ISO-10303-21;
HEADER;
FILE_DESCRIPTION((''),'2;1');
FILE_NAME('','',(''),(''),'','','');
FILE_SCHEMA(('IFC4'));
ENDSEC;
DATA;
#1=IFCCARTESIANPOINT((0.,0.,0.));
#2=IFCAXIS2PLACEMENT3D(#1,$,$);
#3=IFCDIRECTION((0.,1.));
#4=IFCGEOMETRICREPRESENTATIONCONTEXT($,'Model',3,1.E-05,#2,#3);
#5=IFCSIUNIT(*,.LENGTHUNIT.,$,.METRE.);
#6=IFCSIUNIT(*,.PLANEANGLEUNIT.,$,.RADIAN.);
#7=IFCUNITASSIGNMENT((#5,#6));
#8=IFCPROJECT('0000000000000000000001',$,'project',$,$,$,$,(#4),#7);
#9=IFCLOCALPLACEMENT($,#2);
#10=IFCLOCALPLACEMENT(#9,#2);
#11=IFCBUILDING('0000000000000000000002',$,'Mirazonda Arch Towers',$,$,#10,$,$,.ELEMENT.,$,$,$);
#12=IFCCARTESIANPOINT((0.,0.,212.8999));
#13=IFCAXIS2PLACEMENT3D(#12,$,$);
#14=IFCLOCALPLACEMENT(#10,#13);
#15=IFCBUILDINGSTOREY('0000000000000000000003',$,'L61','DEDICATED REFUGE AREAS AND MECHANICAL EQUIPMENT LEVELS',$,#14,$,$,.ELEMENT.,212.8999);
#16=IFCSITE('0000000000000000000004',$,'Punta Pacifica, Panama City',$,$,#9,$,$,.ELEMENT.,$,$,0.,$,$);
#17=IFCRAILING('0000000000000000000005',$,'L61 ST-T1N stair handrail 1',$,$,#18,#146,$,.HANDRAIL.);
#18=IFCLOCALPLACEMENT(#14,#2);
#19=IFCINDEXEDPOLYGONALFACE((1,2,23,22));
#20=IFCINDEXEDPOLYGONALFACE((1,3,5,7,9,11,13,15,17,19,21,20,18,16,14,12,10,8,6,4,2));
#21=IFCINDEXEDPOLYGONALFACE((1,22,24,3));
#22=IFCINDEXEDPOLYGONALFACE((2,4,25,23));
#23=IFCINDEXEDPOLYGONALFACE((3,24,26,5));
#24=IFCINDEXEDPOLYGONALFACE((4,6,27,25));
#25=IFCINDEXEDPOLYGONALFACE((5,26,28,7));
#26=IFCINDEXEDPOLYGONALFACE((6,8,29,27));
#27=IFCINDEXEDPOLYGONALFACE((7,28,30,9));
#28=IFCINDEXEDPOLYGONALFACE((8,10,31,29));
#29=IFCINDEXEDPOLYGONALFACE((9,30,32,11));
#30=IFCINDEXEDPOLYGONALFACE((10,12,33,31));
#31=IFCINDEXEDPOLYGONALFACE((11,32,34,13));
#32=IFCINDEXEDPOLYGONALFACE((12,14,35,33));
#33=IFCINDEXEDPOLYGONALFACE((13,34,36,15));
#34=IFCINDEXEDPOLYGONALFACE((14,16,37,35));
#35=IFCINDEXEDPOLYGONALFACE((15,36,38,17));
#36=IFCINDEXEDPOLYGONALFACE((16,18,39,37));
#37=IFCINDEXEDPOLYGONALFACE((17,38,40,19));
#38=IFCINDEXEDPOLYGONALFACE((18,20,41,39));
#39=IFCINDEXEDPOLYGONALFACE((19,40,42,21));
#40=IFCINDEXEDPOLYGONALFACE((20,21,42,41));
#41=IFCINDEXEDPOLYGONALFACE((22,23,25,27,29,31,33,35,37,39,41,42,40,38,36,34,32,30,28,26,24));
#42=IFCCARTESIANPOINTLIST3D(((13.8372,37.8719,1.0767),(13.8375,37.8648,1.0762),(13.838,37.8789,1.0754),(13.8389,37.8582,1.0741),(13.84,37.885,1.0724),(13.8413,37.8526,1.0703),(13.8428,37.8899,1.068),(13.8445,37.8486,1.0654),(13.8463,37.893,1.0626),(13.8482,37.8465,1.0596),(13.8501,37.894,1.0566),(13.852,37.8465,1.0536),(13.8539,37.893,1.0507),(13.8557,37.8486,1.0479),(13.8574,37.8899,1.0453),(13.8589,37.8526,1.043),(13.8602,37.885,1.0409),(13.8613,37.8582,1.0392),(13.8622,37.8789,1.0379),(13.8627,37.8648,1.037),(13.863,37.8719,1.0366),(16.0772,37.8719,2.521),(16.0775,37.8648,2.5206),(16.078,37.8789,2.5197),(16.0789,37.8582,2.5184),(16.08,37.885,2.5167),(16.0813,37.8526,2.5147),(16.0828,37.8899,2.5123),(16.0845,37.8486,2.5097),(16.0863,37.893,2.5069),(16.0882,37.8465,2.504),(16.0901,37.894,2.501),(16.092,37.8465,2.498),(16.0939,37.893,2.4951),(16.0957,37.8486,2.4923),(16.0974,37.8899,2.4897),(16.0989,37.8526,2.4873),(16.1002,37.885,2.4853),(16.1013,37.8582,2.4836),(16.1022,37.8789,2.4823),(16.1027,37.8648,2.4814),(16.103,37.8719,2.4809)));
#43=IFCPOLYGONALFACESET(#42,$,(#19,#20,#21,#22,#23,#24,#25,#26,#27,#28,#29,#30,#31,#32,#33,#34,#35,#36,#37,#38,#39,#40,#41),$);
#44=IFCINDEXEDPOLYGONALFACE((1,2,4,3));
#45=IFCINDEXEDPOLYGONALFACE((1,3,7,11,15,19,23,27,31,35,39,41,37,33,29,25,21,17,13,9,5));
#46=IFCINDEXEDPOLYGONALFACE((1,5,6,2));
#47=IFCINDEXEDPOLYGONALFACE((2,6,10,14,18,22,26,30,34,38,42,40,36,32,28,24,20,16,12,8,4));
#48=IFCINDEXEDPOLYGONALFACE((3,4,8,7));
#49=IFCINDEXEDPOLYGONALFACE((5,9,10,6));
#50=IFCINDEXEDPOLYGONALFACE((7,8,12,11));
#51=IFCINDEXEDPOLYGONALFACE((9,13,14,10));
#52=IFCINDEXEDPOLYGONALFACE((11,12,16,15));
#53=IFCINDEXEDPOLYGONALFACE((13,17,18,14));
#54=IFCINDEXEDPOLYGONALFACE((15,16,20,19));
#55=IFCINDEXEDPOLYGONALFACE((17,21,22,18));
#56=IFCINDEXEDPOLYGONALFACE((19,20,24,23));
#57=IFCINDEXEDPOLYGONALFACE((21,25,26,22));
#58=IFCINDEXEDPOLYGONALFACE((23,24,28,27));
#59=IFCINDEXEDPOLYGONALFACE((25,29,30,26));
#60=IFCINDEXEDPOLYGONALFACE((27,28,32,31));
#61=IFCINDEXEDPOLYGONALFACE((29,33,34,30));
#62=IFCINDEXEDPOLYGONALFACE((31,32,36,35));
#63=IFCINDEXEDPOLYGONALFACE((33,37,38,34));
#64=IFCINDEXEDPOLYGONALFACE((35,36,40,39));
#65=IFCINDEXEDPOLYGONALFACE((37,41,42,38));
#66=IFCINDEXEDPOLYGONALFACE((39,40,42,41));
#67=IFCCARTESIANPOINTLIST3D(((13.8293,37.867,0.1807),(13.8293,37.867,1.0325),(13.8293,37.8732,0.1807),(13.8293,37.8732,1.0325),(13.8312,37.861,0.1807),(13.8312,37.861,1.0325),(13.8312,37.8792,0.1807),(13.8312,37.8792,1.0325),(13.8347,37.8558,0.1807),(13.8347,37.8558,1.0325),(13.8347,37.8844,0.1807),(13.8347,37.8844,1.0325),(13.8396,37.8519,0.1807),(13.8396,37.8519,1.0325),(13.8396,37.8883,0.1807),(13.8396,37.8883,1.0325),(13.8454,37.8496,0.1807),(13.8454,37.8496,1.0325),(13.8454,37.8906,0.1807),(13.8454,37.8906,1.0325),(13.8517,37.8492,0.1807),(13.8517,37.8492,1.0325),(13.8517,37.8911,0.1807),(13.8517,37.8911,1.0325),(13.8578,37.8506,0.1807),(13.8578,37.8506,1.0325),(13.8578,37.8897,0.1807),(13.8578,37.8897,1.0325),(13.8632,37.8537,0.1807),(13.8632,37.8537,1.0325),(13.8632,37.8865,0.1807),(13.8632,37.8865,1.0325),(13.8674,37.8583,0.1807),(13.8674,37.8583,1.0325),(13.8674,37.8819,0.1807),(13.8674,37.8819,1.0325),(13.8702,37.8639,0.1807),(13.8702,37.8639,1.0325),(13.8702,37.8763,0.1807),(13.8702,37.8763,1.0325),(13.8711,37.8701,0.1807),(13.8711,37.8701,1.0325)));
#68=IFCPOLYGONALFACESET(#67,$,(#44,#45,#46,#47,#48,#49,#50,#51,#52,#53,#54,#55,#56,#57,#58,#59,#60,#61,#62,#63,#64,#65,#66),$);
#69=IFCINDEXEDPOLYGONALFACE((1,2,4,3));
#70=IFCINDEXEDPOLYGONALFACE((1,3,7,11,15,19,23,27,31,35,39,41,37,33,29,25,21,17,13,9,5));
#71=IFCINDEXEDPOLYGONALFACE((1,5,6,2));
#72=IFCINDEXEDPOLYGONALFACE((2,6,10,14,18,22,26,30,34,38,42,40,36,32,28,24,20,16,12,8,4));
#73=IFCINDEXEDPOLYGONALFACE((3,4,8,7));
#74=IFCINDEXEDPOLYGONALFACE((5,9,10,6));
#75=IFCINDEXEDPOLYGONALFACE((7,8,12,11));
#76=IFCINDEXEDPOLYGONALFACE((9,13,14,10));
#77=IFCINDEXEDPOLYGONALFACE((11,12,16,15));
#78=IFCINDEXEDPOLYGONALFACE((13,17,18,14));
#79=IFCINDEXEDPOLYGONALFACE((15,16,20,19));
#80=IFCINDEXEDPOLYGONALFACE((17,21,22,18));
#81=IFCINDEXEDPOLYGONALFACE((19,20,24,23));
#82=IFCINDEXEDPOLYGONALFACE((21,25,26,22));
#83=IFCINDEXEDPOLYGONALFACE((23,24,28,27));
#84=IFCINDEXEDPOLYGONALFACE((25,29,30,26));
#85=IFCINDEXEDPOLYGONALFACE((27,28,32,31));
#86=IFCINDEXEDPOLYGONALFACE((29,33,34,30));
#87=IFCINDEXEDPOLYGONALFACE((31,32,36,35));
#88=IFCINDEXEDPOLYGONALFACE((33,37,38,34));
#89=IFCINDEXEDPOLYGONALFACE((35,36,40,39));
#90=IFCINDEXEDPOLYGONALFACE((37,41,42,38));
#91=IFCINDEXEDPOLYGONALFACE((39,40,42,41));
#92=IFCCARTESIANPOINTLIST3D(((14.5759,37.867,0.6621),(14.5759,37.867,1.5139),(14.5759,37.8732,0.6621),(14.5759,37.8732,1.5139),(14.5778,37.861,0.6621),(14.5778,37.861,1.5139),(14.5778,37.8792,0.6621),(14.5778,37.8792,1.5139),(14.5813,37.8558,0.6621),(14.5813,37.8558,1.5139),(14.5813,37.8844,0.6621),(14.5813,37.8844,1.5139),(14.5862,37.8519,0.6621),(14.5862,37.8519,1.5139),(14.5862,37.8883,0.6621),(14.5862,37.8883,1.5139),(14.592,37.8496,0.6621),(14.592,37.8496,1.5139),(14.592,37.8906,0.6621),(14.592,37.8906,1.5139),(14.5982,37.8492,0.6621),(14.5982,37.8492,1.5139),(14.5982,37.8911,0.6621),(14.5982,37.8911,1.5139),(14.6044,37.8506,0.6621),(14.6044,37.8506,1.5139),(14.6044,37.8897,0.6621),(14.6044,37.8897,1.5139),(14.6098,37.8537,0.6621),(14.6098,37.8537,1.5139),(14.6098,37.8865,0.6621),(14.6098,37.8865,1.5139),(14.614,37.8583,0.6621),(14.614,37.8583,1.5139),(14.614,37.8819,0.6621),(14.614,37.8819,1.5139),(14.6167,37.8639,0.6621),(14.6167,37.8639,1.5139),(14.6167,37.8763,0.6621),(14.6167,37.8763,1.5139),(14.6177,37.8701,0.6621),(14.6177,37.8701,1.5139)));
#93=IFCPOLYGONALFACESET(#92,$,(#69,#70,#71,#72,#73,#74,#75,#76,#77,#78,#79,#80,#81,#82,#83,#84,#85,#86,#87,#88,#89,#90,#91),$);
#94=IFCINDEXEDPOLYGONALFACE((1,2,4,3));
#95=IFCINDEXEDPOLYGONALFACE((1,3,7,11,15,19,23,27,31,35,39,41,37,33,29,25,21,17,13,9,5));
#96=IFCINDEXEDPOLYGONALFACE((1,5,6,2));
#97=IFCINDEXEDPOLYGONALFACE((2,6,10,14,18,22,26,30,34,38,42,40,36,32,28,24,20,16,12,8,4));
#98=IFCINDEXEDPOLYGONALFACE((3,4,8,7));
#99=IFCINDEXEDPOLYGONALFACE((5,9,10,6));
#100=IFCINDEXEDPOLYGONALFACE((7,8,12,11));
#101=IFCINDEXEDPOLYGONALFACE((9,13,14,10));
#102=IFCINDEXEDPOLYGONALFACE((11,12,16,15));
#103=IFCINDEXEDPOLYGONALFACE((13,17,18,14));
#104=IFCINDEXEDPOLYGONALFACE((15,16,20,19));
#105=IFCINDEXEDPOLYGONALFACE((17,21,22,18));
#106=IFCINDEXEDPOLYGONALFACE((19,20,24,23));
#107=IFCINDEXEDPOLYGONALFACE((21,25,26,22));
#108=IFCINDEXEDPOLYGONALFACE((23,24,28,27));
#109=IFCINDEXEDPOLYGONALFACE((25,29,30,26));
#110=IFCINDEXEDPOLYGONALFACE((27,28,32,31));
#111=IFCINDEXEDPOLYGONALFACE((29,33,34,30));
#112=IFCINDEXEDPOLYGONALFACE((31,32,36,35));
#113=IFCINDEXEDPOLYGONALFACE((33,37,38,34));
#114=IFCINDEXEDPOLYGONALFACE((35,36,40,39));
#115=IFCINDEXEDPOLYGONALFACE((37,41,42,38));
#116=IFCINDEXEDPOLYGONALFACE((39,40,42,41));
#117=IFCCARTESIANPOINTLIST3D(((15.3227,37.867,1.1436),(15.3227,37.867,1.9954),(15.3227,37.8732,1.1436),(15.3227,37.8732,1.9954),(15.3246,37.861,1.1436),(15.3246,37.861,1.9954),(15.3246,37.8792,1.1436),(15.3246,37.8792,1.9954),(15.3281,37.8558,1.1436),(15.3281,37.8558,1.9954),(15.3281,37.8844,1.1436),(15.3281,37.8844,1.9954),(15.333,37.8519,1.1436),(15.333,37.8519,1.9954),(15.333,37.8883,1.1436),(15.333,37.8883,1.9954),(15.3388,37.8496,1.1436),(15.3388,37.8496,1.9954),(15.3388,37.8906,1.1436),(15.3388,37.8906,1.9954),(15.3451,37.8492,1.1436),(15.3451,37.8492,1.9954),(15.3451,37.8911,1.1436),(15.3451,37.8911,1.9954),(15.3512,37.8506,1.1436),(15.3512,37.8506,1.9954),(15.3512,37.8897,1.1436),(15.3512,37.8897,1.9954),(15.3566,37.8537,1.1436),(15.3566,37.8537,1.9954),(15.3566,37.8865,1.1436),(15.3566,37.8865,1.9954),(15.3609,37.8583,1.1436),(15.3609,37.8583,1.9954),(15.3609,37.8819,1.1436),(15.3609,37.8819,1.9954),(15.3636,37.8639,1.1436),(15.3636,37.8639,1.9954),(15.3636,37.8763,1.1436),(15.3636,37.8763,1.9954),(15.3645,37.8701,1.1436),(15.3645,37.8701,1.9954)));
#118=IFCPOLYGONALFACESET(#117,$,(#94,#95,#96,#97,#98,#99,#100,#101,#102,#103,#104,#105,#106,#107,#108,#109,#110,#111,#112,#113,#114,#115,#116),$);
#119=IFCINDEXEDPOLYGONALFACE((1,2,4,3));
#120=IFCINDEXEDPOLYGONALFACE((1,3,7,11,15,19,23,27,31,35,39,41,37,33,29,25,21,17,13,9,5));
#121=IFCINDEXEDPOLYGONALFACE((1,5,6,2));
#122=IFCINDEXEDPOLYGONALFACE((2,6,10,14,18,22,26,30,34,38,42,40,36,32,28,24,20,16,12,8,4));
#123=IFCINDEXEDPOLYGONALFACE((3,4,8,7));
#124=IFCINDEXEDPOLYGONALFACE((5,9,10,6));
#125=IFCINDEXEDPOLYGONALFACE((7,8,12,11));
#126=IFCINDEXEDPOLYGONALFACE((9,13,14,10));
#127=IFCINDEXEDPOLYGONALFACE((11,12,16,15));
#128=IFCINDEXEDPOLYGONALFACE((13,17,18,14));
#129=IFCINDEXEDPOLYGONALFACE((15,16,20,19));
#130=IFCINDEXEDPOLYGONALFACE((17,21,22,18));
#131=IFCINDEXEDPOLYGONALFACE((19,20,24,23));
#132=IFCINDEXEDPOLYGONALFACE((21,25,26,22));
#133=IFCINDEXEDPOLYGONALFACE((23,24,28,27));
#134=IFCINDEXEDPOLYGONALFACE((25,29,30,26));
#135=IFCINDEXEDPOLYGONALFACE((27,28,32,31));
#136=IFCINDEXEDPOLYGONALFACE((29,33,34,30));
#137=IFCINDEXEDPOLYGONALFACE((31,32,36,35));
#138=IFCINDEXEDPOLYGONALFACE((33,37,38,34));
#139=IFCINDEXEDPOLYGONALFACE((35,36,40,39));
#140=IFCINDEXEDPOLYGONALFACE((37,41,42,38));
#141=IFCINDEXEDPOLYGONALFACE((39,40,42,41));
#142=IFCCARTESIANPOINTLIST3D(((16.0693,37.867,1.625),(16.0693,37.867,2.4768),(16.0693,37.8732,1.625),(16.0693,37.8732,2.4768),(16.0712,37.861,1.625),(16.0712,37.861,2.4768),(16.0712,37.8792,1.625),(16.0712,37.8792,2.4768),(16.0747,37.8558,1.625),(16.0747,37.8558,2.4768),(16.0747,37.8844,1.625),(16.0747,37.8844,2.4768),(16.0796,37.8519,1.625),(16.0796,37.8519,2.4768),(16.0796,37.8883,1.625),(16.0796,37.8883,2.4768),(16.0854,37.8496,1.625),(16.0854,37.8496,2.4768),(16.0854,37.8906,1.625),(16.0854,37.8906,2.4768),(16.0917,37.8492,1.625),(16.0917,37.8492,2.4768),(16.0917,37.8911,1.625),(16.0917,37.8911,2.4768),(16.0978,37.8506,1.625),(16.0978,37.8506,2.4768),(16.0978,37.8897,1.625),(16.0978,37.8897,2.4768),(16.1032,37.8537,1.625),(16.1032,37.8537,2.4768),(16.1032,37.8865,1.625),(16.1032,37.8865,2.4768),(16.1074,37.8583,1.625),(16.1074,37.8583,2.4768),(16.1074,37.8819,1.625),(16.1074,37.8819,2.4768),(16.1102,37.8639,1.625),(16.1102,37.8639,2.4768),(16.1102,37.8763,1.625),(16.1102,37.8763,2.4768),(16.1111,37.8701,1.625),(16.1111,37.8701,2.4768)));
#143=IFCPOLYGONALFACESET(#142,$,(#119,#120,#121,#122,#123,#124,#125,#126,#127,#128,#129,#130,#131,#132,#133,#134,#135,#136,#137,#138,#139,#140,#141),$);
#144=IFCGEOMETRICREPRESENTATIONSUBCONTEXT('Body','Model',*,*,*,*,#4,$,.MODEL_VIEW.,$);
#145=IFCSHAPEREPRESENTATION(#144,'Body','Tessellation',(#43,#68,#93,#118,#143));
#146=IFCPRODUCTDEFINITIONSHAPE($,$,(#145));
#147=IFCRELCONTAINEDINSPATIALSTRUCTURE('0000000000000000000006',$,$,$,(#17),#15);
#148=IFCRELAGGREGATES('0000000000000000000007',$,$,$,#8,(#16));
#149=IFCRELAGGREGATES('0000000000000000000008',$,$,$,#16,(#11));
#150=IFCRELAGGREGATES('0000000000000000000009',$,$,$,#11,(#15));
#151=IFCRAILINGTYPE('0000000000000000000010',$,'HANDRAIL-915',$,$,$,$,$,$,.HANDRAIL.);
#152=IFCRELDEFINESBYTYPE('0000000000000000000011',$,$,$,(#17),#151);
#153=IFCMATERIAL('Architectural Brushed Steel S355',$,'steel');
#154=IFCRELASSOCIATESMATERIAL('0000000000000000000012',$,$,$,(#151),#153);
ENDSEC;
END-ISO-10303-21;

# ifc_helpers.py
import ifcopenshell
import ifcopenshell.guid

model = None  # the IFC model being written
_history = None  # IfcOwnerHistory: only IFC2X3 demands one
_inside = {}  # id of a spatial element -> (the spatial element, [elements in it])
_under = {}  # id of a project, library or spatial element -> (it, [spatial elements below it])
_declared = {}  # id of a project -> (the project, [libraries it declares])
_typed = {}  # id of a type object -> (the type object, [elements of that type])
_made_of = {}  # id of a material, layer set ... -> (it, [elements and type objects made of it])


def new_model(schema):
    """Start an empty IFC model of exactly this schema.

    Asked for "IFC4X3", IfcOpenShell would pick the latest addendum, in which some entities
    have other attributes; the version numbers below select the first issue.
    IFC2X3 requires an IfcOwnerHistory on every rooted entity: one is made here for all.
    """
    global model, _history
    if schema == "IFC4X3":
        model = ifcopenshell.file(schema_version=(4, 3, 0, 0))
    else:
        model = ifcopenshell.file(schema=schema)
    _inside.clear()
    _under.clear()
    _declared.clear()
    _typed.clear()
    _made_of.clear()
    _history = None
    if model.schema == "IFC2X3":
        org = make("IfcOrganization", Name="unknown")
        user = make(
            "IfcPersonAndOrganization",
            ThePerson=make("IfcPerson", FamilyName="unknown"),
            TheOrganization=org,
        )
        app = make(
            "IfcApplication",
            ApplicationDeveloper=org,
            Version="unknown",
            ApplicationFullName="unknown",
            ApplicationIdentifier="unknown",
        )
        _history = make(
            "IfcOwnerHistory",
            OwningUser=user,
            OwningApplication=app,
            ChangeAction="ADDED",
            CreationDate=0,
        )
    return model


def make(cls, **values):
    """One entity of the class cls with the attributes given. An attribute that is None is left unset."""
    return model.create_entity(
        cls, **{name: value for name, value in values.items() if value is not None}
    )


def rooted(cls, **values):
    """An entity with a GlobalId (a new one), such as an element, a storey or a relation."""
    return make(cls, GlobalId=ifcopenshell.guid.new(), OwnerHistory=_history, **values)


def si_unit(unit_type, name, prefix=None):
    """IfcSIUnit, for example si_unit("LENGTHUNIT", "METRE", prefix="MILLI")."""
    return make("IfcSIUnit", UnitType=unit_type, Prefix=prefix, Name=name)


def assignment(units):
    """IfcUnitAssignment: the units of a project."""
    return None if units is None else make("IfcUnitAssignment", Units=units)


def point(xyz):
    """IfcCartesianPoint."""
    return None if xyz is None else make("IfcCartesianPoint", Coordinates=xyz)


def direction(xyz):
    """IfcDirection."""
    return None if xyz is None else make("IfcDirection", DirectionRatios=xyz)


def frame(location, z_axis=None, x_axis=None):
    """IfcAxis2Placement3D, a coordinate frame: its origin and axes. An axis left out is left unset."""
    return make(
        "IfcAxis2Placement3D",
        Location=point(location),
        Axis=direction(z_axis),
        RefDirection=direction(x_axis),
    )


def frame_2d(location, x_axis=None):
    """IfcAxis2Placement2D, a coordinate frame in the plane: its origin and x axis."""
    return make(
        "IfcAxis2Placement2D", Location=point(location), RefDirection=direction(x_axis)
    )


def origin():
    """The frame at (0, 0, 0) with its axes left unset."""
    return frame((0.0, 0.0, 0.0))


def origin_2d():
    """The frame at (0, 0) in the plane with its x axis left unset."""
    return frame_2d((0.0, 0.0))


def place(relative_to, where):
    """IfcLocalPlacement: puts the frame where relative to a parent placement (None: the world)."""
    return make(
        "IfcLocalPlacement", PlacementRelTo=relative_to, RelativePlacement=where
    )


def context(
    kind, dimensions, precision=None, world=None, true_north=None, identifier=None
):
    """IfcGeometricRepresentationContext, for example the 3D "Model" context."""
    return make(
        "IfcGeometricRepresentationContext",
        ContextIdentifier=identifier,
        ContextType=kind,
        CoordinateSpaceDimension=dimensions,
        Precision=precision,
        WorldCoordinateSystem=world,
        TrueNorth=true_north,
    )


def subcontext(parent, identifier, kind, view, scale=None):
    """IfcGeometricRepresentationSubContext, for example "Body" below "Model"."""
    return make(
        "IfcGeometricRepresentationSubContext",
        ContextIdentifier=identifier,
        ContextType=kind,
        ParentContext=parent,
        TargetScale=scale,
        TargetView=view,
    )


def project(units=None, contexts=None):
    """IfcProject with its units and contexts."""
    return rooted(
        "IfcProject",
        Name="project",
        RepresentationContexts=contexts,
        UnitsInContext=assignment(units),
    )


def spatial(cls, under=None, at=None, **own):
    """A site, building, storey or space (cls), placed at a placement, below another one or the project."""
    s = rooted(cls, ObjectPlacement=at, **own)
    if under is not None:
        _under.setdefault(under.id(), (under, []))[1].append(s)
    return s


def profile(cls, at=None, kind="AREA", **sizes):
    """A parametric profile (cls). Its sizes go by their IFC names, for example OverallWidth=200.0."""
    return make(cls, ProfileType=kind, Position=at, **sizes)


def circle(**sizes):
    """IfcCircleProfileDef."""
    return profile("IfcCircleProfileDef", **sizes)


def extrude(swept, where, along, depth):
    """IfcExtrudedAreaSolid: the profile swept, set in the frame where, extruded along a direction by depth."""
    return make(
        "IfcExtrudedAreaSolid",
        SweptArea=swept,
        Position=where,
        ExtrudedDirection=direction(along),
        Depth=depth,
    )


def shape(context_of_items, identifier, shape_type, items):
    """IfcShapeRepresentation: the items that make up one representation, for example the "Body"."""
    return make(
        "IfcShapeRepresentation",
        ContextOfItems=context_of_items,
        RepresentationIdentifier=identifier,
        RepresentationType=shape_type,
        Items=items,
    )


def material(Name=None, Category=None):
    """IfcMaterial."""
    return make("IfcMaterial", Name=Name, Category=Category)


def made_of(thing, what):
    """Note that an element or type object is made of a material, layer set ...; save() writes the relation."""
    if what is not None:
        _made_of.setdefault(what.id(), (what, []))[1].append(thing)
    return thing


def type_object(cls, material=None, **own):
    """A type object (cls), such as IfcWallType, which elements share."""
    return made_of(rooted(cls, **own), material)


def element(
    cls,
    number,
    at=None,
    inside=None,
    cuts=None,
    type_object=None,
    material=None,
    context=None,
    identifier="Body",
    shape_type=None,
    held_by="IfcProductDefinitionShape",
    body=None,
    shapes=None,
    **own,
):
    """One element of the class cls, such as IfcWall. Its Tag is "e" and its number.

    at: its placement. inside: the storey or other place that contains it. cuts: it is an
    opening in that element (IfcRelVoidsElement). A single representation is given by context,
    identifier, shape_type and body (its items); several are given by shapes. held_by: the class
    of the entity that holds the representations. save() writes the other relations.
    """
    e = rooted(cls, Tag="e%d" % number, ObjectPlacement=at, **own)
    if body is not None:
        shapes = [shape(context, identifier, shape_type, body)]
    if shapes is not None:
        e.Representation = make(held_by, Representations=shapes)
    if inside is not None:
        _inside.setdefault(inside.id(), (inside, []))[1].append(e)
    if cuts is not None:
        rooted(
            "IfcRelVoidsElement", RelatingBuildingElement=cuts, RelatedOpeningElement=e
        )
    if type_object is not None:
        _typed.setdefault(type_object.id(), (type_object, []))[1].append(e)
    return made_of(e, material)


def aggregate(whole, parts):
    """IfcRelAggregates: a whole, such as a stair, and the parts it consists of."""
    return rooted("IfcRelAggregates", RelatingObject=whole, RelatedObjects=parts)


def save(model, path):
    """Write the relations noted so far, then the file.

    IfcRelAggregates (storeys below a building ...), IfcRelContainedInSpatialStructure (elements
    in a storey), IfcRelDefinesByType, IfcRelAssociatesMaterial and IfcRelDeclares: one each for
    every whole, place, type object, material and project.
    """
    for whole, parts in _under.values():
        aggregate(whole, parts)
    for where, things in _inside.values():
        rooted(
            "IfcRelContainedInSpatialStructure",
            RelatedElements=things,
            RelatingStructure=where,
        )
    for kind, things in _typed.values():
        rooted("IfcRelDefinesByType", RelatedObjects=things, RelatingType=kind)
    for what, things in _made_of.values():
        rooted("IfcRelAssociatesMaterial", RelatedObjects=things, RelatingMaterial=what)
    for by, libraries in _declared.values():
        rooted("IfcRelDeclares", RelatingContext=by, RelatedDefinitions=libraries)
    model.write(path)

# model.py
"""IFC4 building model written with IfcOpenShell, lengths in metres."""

from ifc_helpers import new_model, si_unit, direction, frame, origin, origin_2d, place, context, subcontext, project, spatial, circle, extrude, material, type_object, element, save


model = new_model("IFC4")

# Units and contexts
model_context = context("Model", 3, precision=1e-05, world=origin(), true_north=direction((0.0, 1.0)))
body_context = subcontext(model_context, "Body", "Model", "MODEL_VIEW")
ifc_project = project(units=[si_unit("LENGTHUNIT", "METRE"), si_unit("PLANEANGLEUNIT", "RADIAN")], contexts=[model_context])

# Site, building, storey
site_placement = place(None, origin())
site = spatial("IfcSite", under=ifc_project, at=site_placement, Name="Punta Pacifica, Panama City", CompositionType="ELEMENT", RefElevation=0.0)
building_placement = place(site_placement, origin())
building = spatial("IfcBuilding", under=site, at=building_placement, Name="Mirazonda Arch Towers", CompositionType="ELEMENT")
storey_placement = place(building_placement, frame((0.0, 0.0, 212.8999)))
storey = spatial("IfcBuildingStorey", under=building, at=storey_placement, Name="L61", Description="DEDICATED REFUGE AREAS AND MECHANICAL EQUIPMENT LEVELS", CompositionType="ELEMENT", Elevation=212.8999)

# Railing
ifc_material_1 = material(Name="Architectural Brushed Steel S355", Category="steel")
railing_type_1 = type_object("IfcRailingType", Name="HANDRAIL-915", PredefinedType="HANDRAIL", material=ifc_material_1)
railing_1_placement = place(storey_placement, frame((13.8501, 37.8701, 0.1807)))
element("IfcRailing", 1, at=railing_1_placement, inside=storey, type_object=railing_type_1, Name="L61 ST-T1N stair handrail 1", PredefinedType="HANDRAIL", context=body_context, shape_type="SweptSolid", body=[
    extrude(circle(Radius=0.0239, at=origin_2d()), frame((0.0, 0.0, 0.876), z_axis=(0.840437, 0.0, 0.54191), x_axis=(0.0, 1.0, 0.0)), (0.0, 0.0, 1.0), 2.6653),
    extrude(circle(Radius=0.021, at=origin_2d()), origin(), (0.0, 0.0, 1.0), 0.8518),
    extrude(circle(Radius=0.021, at=origin_2d()), frame((0.7466, 0.0, 0.4814)), (0.0, 0.0, 1.0), 0.8518),
    extrude(circle(Radius=0.021, at=origin_2d()), frame((1.4934, 0.0, 0.9629)), (0.0, 0.0, 1.0), 0.8518),
    extrude(circle(Radius=0.021, at=origin_2d()), frame((2.24, 0.0, 1.4443)), (0.0, 0.0, 1.0), 0.8518),
])

save(model, "model.ifc")
